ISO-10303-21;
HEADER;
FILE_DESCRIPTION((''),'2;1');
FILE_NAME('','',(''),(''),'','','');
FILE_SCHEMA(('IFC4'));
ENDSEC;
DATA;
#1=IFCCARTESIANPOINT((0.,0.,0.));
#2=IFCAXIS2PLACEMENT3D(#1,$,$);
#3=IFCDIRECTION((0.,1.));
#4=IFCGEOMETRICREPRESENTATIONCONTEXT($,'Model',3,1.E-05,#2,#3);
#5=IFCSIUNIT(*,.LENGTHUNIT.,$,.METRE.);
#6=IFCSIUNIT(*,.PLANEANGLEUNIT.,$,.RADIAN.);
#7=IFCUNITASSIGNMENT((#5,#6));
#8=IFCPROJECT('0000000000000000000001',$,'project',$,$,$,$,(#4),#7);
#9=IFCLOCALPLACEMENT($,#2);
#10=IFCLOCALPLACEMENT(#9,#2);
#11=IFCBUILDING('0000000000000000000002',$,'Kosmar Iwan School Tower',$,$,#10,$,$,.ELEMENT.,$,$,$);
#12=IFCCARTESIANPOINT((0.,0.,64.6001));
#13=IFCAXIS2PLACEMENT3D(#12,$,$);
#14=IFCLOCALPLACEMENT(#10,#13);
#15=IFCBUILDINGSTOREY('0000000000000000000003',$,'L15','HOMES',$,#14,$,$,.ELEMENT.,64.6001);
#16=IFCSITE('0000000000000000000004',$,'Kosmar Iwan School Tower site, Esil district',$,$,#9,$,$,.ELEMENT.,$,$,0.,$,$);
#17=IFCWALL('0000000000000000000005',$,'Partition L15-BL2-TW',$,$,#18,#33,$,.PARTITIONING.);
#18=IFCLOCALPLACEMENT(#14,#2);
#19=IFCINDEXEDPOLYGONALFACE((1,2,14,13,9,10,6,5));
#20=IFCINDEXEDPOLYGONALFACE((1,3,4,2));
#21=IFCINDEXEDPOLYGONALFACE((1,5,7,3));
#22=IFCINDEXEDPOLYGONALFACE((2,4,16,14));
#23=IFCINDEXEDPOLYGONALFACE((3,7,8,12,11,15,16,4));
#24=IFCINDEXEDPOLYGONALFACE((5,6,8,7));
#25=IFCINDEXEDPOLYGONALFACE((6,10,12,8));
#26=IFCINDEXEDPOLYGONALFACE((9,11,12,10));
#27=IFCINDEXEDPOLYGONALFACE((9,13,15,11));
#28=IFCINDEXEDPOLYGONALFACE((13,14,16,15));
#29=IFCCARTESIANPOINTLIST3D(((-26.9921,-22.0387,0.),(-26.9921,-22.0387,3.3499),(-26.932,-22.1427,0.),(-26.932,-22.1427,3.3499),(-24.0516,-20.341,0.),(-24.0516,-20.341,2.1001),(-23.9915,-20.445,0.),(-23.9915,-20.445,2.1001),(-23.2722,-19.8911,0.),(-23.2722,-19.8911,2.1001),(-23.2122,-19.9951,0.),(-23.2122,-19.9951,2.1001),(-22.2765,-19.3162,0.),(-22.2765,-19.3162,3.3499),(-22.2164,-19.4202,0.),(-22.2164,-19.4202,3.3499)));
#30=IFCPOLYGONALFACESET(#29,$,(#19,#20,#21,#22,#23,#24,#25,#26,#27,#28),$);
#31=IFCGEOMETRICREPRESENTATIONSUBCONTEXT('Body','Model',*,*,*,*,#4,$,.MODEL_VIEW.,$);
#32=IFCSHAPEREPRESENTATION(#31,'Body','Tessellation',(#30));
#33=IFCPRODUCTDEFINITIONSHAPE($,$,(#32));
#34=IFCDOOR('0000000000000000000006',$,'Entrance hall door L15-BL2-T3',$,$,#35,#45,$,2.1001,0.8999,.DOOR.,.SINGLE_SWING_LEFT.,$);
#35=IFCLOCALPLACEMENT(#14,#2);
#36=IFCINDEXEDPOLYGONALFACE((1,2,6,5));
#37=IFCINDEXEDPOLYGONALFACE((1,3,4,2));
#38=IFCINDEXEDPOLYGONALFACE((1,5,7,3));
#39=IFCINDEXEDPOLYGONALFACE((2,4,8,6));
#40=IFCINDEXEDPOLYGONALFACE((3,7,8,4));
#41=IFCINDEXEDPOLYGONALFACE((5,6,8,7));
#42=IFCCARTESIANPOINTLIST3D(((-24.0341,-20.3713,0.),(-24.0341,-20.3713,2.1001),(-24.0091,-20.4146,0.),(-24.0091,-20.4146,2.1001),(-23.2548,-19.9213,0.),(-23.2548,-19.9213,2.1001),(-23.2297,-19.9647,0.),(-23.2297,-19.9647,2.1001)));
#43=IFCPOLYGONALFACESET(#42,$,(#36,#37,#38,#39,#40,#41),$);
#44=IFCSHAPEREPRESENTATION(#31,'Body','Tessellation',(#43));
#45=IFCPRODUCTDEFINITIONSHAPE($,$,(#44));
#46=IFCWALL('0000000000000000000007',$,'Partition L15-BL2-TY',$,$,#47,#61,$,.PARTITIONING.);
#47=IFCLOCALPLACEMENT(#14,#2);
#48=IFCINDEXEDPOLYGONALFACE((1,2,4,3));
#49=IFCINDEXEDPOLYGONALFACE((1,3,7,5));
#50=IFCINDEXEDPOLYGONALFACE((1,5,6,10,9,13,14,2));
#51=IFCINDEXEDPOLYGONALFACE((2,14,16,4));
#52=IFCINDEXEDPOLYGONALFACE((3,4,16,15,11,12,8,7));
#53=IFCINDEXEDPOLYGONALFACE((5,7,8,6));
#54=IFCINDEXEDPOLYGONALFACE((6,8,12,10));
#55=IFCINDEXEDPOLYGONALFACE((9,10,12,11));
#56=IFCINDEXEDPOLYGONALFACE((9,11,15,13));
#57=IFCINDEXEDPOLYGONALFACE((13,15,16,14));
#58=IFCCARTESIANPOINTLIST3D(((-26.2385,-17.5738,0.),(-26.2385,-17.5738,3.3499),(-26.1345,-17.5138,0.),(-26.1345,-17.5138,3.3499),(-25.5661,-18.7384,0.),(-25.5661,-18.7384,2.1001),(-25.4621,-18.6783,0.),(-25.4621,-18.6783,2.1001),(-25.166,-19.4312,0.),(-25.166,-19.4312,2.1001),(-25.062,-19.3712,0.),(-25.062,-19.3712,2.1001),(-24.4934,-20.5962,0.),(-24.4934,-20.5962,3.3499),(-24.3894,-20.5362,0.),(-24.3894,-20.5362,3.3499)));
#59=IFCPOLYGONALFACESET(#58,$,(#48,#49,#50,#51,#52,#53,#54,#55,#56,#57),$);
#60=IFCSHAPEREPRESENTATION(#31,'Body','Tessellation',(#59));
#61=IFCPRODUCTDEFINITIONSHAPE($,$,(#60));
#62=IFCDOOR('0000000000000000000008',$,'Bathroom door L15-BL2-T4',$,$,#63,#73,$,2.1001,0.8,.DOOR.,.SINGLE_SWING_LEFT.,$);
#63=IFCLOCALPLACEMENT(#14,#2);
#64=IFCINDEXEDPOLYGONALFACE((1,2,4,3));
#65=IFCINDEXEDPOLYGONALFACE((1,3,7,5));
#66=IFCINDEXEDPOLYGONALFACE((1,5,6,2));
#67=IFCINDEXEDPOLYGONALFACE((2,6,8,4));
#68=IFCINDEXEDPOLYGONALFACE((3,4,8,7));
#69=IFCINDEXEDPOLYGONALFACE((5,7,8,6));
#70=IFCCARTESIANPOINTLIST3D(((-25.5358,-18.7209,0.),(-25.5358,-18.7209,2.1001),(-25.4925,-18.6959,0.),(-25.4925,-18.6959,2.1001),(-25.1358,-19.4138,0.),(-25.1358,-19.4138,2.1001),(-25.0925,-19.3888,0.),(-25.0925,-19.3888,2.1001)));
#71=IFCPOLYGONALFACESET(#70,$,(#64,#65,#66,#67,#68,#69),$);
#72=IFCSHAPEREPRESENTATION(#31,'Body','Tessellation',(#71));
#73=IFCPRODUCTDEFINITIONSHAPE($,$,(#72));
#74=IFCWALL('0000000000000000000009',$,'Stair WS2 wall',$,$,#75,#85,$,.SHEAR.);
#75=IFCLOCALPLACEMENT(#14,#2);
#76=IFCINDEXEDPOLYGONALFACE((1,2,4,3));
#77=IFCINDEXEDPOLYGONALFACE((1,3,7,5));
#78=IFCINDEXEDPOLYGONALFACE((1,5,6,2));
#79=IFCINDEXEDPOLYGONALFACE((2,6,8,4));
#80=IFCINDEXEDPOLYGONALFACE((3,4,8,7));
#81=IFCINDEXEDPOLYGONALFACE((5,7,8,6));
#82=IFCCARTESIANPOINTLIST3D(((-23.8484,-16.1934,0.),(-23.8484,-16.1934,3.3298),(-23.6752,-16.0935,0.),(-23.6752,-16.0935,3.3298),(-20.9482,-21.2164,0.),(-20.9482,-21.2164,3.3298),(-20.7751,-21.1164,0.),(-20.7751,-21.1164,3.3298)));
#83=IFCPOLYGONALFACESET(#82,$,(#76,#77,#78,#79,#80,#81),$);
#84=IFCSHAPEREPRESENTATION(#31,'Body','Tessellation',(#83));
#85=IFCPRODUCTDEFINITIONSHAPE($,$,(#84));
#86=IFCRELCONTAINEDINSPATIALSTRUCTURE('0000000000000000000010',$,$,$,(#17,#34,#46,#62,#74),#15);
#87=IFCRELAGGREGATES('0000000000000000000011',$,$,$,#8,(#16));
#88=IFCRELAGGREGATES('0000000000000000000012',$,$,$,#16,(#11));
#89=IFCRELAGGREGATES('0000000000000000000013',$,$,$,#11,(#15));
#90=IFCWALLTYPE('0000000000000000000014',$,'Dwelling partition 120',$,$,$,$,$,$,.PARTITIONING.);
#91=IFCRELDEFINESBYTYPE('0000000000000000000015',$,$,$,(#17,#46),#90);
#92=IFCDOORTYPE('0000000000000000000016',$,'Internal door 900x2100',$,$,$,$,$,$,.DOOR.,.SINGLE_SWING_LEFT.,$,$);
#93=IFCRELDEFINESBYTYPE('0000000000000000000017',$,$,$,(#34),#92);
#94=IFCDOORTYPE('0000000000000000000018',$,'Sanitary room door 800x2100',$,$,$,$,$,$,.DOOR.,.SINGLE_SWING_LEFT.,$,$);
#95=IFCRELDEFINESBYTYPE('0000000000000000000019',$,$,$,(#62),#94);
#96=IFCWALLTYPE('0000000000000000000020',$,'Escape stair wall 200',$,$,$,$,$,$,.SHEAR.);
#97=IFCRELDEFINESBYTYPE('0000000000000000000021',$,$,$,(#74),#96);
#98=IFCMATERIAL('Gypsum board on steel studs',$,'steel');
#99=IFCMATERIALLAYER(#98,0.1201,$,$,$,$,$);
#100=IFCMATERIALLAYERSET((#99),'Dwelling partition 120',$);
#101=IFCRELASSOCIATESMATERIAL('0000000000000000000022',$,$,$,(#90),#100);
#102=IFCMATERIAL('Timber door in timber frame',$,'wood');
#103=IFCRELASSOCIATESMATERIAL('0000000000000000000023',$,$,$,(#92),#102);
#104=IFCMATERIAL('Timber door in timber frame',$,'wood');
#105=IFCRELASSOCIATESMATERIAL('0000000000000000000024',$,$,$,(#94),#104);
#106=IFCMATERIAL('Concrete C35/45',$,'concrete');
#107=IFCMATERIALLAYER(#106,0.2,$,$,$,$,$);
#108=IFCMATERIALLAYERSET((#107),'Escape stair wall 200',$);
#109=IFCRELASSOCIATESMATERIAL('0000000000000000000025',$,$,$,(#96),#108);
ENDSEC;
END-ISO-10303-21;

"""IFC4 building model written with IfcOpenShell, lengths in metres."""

from ifc_helpers import new_model, si_unit, direction, frame, frame_2d, origin, place, context, subcontext, project, spatial, rectangle, extrude, material, layer, layer_set, type_object, element, fill, save


model = new_model("IFC4")

# Units and contexts
model_context = context("Model", 3, precision=1e-05, world=origin(), true_north=direction((0.0, 1.0)))
body_context = subcontext(model_context, "Body", "Model", "MODEL_VIEW")
ifc_project = project(units=[si_unit("LENGTHUNIT", "METRE"), si_unit("PLANEANGLEUNIT", "RADIAN")], contexts=[model_context])

# Site, building, storey
site_placement = place(None, origin())
site = spatial("IfcSite", under=ifc_project, at=site_placement, Name="Kosmar Iwan School Tower site, Esil district", CompositionType="ELEMENT", RefElevation=0.0)
building_placement = place(site_placement, origin())
building = spatial("IfcBuilding", under=site, at=building_placement, Name="Kosmar Iwan School Tower", CompositionType="ELEMENT")
storey_placement = place(building_placement, frame((0.0, 0.0, 64.6001)))
storey = spatial("IfcBuildingStorey", under=building, at=storey_placement, Name="L15", Description="HOMES", CompositionType="ELEMENT", Elevation=64.6001)

# Walls, openings, doors
ifc_material_1 = material(Name="Gypsum board on steel studs", Category="steel")
ifc_layer_1 = layer(ifc_material_1, 0.1201)
ifc_layer_set_1 = layer_set([ifc_layer_1], Name="Dwelling partition 120")
wall_type_1 = type_object("IfcWallType", Name="Dwelling partition 120", PredefinedType="PARTITIONING", material=ifc_layer_set_1)
ifc_material_2 = material(Name="Timber door in timber frame", Category="wood")
door_type_1 = type_object("IfcDoorType", Name="Internal door 900x2100", OperationType="SINGLE_SWING_LEFT", PredefinedType="DOOR", material=ifc_material_2)
wall_1_placement = place(storey_placement, frame((-22.2463, -19.3682, 0.0), z_axis=(0.0, 0.0, 1.0), x_axis=(-0.866036, -0.499982, 0.0)))
wall_1 = element("IfcWall", 1, at=wall_1_placement, inside=storey, type_object=wall_type_1, Name="Partition L15-BL2-TW", PredefinedType="PARTITIONING", context=body_context, shape_type="SweptSolid", body=[
    extrude(rectangle(XDim=5.4451, YDim=0.1201, at=frame_2d((2.7227, 0.0))), origin(), (0.0, 0.0, 1.0), 3.3499),
])
opening_1_placement = place(wall_1_placement, frame((1.1499, 0.0, 0.0)))
opening_1 = element("IfcOpeningElement", 2, at=opening_1_placement, cuts=wall_1, PredefinedType="OPENING", context=body_context, shape_type="SweptSolid", body=[
    extrude(rectangle(XDim=0.8999, YDim=2.1001, at=frame_2d((0.45, 1.05))), frame((0.0, 0.072, 0.0), z_axis=(0.0, -1.0, 0.0), x_axis=(1.0, 0.0, 0.0)), (0.0, 0.0, 1.0), 0.144),
])
door_1_placement = place(opening_1_placement, origin())
door_1 = element("IfcDoor", 3, at=door_1_placement, inside=storey, type_object=door_type_1, Name="Entrance hall door L15-BL2-T3", OperationType="SINGLE_SWING_LEFT", OverallHeight=2.1001, OverallWidth=0.8999, PredefinedType="DOOR", context=body_context, shape_type="SweptSolid", body=[
    extrude(rectangle(XDim=0.8999, YDim=2.1001, at=frame_2d((0.45, 1.05))), frame((0.0, 0.0249, 0.0), z_axis=(0.0, -1.0, 0.0), x_axis=(1.0, 0.0, 0.0)), (0.0, 0.0, 1.0), 0.05),
])
fill(opening_1, door_1)
wall_2_placement = place(storey_placement, frame((-26.1865, -17.5437, 0.0), z_axis=(0.0, 0.0, 1.0), x_axis=(0.500021, -0.866013, 0.0)))
wall_2 = element("IfcWall", 4, at=wall_2_placement, inside=storey, type_object=wall_type_1, Name="Partition L15-BL2-TY", PredefinedType="PARTITIONING", context=body_context, shape_type="SweptSolid", body=[
    extrude(rectangle(XDim=3.49, YDim=0.1201, at=frame_2d((1.7451, 0.0))), origin(), (0.0, 0.0, 1.0), 3.3499),
])
opening_2_placement = place(wall_2_placement, frame((1.345, 0.0, 0.0)))
opening_2 = element("IfcOpeningElement", 5, at=opening_2_placement, cuts=wall_2, PredefinedType="OPENING", context=body_context, shape_type="SweptSolid", body=[
    extrude(rectangle(XDim=0.8, YDim=2.1001, at=frame_2d((0.3999, 1.05))), frame((0.0, 0.072, 0.0), z_axis=(0.0, -1.0, 0.0), x_axis=(1.0, 0.0, 0.0)), (0.0, 0.0, 1.0), 0.144),
])
ifc_material_3 = material(Name="Timber door in timber frame", Category="wood")
door_type_2 = type_object("IfcDoorType", Name="Sanitary room door 800x2100", OperationType="SINGLE_SWING_LEFT", PredefinedType="DOOR", material=ifc_material_3)
door_2_placement = place(opening_2_placement, origin())
door_2 = element("IfcDoor", 6, at=door_2_placement, inside=storey, type_object=door_type_2, Name="Bathroom door L15-BL2-T4", OperationType="SINGLE_SWING_LEFT", OverallHeight=2.1001, OverallWidth=0.8, PredefinedType="DOOR", context=body_context, shape_type="SweptSolid", body=[
    extrude(rectangle(XDim=0.8, YDim=2.1001, at=frame_2d((0.3999, 1.05))), frame((0.0, 0.0249, 0.0), z_axis=(0.0, -1.0, 0.0), x_axis=(1.0, 0.0, 0.0)), (0.0, 0.0, 1.0), 0.05),
])
fill(opening_2, door_2)

# Wall
ifc_material_4 = material(Name="Concrete C35/45", Category="concrete")
ifc_layer_2 = layer(ifc_material_4, 0.2)
ifc_layer_set_2 = layer_set([ifc_layer_2], Name="Escape stair wall 200")
wall_type_2 = type_object("IfcWallType", Name="Escape stair wall 200", PredefinedType="SHEAR", material=ifc_layer_set_2)
wall_3_placement = place(storey_placement, frame((-23.7617, -16.1436, 0.0), z_axis=(0.0, 0.0, 1.0), x_axis=(0.500019, -0.866015, 0.0)))
element("IfcWall", 7, at=wall_3_placement, inside=storey, type_object=wall_type_2, Name="Stair WS2 wall", PredefinedType="SHEAR", context=body_context, shape_type="SweptSolid", body=[
    extrude(rectangle(XDim=5.8, YDim=0.2, at=frame_2d((2.8999, 0.0))), origin(), (0.0, 0.0, 1.0), 3.3298),
])

save(model, "model.ifc")
